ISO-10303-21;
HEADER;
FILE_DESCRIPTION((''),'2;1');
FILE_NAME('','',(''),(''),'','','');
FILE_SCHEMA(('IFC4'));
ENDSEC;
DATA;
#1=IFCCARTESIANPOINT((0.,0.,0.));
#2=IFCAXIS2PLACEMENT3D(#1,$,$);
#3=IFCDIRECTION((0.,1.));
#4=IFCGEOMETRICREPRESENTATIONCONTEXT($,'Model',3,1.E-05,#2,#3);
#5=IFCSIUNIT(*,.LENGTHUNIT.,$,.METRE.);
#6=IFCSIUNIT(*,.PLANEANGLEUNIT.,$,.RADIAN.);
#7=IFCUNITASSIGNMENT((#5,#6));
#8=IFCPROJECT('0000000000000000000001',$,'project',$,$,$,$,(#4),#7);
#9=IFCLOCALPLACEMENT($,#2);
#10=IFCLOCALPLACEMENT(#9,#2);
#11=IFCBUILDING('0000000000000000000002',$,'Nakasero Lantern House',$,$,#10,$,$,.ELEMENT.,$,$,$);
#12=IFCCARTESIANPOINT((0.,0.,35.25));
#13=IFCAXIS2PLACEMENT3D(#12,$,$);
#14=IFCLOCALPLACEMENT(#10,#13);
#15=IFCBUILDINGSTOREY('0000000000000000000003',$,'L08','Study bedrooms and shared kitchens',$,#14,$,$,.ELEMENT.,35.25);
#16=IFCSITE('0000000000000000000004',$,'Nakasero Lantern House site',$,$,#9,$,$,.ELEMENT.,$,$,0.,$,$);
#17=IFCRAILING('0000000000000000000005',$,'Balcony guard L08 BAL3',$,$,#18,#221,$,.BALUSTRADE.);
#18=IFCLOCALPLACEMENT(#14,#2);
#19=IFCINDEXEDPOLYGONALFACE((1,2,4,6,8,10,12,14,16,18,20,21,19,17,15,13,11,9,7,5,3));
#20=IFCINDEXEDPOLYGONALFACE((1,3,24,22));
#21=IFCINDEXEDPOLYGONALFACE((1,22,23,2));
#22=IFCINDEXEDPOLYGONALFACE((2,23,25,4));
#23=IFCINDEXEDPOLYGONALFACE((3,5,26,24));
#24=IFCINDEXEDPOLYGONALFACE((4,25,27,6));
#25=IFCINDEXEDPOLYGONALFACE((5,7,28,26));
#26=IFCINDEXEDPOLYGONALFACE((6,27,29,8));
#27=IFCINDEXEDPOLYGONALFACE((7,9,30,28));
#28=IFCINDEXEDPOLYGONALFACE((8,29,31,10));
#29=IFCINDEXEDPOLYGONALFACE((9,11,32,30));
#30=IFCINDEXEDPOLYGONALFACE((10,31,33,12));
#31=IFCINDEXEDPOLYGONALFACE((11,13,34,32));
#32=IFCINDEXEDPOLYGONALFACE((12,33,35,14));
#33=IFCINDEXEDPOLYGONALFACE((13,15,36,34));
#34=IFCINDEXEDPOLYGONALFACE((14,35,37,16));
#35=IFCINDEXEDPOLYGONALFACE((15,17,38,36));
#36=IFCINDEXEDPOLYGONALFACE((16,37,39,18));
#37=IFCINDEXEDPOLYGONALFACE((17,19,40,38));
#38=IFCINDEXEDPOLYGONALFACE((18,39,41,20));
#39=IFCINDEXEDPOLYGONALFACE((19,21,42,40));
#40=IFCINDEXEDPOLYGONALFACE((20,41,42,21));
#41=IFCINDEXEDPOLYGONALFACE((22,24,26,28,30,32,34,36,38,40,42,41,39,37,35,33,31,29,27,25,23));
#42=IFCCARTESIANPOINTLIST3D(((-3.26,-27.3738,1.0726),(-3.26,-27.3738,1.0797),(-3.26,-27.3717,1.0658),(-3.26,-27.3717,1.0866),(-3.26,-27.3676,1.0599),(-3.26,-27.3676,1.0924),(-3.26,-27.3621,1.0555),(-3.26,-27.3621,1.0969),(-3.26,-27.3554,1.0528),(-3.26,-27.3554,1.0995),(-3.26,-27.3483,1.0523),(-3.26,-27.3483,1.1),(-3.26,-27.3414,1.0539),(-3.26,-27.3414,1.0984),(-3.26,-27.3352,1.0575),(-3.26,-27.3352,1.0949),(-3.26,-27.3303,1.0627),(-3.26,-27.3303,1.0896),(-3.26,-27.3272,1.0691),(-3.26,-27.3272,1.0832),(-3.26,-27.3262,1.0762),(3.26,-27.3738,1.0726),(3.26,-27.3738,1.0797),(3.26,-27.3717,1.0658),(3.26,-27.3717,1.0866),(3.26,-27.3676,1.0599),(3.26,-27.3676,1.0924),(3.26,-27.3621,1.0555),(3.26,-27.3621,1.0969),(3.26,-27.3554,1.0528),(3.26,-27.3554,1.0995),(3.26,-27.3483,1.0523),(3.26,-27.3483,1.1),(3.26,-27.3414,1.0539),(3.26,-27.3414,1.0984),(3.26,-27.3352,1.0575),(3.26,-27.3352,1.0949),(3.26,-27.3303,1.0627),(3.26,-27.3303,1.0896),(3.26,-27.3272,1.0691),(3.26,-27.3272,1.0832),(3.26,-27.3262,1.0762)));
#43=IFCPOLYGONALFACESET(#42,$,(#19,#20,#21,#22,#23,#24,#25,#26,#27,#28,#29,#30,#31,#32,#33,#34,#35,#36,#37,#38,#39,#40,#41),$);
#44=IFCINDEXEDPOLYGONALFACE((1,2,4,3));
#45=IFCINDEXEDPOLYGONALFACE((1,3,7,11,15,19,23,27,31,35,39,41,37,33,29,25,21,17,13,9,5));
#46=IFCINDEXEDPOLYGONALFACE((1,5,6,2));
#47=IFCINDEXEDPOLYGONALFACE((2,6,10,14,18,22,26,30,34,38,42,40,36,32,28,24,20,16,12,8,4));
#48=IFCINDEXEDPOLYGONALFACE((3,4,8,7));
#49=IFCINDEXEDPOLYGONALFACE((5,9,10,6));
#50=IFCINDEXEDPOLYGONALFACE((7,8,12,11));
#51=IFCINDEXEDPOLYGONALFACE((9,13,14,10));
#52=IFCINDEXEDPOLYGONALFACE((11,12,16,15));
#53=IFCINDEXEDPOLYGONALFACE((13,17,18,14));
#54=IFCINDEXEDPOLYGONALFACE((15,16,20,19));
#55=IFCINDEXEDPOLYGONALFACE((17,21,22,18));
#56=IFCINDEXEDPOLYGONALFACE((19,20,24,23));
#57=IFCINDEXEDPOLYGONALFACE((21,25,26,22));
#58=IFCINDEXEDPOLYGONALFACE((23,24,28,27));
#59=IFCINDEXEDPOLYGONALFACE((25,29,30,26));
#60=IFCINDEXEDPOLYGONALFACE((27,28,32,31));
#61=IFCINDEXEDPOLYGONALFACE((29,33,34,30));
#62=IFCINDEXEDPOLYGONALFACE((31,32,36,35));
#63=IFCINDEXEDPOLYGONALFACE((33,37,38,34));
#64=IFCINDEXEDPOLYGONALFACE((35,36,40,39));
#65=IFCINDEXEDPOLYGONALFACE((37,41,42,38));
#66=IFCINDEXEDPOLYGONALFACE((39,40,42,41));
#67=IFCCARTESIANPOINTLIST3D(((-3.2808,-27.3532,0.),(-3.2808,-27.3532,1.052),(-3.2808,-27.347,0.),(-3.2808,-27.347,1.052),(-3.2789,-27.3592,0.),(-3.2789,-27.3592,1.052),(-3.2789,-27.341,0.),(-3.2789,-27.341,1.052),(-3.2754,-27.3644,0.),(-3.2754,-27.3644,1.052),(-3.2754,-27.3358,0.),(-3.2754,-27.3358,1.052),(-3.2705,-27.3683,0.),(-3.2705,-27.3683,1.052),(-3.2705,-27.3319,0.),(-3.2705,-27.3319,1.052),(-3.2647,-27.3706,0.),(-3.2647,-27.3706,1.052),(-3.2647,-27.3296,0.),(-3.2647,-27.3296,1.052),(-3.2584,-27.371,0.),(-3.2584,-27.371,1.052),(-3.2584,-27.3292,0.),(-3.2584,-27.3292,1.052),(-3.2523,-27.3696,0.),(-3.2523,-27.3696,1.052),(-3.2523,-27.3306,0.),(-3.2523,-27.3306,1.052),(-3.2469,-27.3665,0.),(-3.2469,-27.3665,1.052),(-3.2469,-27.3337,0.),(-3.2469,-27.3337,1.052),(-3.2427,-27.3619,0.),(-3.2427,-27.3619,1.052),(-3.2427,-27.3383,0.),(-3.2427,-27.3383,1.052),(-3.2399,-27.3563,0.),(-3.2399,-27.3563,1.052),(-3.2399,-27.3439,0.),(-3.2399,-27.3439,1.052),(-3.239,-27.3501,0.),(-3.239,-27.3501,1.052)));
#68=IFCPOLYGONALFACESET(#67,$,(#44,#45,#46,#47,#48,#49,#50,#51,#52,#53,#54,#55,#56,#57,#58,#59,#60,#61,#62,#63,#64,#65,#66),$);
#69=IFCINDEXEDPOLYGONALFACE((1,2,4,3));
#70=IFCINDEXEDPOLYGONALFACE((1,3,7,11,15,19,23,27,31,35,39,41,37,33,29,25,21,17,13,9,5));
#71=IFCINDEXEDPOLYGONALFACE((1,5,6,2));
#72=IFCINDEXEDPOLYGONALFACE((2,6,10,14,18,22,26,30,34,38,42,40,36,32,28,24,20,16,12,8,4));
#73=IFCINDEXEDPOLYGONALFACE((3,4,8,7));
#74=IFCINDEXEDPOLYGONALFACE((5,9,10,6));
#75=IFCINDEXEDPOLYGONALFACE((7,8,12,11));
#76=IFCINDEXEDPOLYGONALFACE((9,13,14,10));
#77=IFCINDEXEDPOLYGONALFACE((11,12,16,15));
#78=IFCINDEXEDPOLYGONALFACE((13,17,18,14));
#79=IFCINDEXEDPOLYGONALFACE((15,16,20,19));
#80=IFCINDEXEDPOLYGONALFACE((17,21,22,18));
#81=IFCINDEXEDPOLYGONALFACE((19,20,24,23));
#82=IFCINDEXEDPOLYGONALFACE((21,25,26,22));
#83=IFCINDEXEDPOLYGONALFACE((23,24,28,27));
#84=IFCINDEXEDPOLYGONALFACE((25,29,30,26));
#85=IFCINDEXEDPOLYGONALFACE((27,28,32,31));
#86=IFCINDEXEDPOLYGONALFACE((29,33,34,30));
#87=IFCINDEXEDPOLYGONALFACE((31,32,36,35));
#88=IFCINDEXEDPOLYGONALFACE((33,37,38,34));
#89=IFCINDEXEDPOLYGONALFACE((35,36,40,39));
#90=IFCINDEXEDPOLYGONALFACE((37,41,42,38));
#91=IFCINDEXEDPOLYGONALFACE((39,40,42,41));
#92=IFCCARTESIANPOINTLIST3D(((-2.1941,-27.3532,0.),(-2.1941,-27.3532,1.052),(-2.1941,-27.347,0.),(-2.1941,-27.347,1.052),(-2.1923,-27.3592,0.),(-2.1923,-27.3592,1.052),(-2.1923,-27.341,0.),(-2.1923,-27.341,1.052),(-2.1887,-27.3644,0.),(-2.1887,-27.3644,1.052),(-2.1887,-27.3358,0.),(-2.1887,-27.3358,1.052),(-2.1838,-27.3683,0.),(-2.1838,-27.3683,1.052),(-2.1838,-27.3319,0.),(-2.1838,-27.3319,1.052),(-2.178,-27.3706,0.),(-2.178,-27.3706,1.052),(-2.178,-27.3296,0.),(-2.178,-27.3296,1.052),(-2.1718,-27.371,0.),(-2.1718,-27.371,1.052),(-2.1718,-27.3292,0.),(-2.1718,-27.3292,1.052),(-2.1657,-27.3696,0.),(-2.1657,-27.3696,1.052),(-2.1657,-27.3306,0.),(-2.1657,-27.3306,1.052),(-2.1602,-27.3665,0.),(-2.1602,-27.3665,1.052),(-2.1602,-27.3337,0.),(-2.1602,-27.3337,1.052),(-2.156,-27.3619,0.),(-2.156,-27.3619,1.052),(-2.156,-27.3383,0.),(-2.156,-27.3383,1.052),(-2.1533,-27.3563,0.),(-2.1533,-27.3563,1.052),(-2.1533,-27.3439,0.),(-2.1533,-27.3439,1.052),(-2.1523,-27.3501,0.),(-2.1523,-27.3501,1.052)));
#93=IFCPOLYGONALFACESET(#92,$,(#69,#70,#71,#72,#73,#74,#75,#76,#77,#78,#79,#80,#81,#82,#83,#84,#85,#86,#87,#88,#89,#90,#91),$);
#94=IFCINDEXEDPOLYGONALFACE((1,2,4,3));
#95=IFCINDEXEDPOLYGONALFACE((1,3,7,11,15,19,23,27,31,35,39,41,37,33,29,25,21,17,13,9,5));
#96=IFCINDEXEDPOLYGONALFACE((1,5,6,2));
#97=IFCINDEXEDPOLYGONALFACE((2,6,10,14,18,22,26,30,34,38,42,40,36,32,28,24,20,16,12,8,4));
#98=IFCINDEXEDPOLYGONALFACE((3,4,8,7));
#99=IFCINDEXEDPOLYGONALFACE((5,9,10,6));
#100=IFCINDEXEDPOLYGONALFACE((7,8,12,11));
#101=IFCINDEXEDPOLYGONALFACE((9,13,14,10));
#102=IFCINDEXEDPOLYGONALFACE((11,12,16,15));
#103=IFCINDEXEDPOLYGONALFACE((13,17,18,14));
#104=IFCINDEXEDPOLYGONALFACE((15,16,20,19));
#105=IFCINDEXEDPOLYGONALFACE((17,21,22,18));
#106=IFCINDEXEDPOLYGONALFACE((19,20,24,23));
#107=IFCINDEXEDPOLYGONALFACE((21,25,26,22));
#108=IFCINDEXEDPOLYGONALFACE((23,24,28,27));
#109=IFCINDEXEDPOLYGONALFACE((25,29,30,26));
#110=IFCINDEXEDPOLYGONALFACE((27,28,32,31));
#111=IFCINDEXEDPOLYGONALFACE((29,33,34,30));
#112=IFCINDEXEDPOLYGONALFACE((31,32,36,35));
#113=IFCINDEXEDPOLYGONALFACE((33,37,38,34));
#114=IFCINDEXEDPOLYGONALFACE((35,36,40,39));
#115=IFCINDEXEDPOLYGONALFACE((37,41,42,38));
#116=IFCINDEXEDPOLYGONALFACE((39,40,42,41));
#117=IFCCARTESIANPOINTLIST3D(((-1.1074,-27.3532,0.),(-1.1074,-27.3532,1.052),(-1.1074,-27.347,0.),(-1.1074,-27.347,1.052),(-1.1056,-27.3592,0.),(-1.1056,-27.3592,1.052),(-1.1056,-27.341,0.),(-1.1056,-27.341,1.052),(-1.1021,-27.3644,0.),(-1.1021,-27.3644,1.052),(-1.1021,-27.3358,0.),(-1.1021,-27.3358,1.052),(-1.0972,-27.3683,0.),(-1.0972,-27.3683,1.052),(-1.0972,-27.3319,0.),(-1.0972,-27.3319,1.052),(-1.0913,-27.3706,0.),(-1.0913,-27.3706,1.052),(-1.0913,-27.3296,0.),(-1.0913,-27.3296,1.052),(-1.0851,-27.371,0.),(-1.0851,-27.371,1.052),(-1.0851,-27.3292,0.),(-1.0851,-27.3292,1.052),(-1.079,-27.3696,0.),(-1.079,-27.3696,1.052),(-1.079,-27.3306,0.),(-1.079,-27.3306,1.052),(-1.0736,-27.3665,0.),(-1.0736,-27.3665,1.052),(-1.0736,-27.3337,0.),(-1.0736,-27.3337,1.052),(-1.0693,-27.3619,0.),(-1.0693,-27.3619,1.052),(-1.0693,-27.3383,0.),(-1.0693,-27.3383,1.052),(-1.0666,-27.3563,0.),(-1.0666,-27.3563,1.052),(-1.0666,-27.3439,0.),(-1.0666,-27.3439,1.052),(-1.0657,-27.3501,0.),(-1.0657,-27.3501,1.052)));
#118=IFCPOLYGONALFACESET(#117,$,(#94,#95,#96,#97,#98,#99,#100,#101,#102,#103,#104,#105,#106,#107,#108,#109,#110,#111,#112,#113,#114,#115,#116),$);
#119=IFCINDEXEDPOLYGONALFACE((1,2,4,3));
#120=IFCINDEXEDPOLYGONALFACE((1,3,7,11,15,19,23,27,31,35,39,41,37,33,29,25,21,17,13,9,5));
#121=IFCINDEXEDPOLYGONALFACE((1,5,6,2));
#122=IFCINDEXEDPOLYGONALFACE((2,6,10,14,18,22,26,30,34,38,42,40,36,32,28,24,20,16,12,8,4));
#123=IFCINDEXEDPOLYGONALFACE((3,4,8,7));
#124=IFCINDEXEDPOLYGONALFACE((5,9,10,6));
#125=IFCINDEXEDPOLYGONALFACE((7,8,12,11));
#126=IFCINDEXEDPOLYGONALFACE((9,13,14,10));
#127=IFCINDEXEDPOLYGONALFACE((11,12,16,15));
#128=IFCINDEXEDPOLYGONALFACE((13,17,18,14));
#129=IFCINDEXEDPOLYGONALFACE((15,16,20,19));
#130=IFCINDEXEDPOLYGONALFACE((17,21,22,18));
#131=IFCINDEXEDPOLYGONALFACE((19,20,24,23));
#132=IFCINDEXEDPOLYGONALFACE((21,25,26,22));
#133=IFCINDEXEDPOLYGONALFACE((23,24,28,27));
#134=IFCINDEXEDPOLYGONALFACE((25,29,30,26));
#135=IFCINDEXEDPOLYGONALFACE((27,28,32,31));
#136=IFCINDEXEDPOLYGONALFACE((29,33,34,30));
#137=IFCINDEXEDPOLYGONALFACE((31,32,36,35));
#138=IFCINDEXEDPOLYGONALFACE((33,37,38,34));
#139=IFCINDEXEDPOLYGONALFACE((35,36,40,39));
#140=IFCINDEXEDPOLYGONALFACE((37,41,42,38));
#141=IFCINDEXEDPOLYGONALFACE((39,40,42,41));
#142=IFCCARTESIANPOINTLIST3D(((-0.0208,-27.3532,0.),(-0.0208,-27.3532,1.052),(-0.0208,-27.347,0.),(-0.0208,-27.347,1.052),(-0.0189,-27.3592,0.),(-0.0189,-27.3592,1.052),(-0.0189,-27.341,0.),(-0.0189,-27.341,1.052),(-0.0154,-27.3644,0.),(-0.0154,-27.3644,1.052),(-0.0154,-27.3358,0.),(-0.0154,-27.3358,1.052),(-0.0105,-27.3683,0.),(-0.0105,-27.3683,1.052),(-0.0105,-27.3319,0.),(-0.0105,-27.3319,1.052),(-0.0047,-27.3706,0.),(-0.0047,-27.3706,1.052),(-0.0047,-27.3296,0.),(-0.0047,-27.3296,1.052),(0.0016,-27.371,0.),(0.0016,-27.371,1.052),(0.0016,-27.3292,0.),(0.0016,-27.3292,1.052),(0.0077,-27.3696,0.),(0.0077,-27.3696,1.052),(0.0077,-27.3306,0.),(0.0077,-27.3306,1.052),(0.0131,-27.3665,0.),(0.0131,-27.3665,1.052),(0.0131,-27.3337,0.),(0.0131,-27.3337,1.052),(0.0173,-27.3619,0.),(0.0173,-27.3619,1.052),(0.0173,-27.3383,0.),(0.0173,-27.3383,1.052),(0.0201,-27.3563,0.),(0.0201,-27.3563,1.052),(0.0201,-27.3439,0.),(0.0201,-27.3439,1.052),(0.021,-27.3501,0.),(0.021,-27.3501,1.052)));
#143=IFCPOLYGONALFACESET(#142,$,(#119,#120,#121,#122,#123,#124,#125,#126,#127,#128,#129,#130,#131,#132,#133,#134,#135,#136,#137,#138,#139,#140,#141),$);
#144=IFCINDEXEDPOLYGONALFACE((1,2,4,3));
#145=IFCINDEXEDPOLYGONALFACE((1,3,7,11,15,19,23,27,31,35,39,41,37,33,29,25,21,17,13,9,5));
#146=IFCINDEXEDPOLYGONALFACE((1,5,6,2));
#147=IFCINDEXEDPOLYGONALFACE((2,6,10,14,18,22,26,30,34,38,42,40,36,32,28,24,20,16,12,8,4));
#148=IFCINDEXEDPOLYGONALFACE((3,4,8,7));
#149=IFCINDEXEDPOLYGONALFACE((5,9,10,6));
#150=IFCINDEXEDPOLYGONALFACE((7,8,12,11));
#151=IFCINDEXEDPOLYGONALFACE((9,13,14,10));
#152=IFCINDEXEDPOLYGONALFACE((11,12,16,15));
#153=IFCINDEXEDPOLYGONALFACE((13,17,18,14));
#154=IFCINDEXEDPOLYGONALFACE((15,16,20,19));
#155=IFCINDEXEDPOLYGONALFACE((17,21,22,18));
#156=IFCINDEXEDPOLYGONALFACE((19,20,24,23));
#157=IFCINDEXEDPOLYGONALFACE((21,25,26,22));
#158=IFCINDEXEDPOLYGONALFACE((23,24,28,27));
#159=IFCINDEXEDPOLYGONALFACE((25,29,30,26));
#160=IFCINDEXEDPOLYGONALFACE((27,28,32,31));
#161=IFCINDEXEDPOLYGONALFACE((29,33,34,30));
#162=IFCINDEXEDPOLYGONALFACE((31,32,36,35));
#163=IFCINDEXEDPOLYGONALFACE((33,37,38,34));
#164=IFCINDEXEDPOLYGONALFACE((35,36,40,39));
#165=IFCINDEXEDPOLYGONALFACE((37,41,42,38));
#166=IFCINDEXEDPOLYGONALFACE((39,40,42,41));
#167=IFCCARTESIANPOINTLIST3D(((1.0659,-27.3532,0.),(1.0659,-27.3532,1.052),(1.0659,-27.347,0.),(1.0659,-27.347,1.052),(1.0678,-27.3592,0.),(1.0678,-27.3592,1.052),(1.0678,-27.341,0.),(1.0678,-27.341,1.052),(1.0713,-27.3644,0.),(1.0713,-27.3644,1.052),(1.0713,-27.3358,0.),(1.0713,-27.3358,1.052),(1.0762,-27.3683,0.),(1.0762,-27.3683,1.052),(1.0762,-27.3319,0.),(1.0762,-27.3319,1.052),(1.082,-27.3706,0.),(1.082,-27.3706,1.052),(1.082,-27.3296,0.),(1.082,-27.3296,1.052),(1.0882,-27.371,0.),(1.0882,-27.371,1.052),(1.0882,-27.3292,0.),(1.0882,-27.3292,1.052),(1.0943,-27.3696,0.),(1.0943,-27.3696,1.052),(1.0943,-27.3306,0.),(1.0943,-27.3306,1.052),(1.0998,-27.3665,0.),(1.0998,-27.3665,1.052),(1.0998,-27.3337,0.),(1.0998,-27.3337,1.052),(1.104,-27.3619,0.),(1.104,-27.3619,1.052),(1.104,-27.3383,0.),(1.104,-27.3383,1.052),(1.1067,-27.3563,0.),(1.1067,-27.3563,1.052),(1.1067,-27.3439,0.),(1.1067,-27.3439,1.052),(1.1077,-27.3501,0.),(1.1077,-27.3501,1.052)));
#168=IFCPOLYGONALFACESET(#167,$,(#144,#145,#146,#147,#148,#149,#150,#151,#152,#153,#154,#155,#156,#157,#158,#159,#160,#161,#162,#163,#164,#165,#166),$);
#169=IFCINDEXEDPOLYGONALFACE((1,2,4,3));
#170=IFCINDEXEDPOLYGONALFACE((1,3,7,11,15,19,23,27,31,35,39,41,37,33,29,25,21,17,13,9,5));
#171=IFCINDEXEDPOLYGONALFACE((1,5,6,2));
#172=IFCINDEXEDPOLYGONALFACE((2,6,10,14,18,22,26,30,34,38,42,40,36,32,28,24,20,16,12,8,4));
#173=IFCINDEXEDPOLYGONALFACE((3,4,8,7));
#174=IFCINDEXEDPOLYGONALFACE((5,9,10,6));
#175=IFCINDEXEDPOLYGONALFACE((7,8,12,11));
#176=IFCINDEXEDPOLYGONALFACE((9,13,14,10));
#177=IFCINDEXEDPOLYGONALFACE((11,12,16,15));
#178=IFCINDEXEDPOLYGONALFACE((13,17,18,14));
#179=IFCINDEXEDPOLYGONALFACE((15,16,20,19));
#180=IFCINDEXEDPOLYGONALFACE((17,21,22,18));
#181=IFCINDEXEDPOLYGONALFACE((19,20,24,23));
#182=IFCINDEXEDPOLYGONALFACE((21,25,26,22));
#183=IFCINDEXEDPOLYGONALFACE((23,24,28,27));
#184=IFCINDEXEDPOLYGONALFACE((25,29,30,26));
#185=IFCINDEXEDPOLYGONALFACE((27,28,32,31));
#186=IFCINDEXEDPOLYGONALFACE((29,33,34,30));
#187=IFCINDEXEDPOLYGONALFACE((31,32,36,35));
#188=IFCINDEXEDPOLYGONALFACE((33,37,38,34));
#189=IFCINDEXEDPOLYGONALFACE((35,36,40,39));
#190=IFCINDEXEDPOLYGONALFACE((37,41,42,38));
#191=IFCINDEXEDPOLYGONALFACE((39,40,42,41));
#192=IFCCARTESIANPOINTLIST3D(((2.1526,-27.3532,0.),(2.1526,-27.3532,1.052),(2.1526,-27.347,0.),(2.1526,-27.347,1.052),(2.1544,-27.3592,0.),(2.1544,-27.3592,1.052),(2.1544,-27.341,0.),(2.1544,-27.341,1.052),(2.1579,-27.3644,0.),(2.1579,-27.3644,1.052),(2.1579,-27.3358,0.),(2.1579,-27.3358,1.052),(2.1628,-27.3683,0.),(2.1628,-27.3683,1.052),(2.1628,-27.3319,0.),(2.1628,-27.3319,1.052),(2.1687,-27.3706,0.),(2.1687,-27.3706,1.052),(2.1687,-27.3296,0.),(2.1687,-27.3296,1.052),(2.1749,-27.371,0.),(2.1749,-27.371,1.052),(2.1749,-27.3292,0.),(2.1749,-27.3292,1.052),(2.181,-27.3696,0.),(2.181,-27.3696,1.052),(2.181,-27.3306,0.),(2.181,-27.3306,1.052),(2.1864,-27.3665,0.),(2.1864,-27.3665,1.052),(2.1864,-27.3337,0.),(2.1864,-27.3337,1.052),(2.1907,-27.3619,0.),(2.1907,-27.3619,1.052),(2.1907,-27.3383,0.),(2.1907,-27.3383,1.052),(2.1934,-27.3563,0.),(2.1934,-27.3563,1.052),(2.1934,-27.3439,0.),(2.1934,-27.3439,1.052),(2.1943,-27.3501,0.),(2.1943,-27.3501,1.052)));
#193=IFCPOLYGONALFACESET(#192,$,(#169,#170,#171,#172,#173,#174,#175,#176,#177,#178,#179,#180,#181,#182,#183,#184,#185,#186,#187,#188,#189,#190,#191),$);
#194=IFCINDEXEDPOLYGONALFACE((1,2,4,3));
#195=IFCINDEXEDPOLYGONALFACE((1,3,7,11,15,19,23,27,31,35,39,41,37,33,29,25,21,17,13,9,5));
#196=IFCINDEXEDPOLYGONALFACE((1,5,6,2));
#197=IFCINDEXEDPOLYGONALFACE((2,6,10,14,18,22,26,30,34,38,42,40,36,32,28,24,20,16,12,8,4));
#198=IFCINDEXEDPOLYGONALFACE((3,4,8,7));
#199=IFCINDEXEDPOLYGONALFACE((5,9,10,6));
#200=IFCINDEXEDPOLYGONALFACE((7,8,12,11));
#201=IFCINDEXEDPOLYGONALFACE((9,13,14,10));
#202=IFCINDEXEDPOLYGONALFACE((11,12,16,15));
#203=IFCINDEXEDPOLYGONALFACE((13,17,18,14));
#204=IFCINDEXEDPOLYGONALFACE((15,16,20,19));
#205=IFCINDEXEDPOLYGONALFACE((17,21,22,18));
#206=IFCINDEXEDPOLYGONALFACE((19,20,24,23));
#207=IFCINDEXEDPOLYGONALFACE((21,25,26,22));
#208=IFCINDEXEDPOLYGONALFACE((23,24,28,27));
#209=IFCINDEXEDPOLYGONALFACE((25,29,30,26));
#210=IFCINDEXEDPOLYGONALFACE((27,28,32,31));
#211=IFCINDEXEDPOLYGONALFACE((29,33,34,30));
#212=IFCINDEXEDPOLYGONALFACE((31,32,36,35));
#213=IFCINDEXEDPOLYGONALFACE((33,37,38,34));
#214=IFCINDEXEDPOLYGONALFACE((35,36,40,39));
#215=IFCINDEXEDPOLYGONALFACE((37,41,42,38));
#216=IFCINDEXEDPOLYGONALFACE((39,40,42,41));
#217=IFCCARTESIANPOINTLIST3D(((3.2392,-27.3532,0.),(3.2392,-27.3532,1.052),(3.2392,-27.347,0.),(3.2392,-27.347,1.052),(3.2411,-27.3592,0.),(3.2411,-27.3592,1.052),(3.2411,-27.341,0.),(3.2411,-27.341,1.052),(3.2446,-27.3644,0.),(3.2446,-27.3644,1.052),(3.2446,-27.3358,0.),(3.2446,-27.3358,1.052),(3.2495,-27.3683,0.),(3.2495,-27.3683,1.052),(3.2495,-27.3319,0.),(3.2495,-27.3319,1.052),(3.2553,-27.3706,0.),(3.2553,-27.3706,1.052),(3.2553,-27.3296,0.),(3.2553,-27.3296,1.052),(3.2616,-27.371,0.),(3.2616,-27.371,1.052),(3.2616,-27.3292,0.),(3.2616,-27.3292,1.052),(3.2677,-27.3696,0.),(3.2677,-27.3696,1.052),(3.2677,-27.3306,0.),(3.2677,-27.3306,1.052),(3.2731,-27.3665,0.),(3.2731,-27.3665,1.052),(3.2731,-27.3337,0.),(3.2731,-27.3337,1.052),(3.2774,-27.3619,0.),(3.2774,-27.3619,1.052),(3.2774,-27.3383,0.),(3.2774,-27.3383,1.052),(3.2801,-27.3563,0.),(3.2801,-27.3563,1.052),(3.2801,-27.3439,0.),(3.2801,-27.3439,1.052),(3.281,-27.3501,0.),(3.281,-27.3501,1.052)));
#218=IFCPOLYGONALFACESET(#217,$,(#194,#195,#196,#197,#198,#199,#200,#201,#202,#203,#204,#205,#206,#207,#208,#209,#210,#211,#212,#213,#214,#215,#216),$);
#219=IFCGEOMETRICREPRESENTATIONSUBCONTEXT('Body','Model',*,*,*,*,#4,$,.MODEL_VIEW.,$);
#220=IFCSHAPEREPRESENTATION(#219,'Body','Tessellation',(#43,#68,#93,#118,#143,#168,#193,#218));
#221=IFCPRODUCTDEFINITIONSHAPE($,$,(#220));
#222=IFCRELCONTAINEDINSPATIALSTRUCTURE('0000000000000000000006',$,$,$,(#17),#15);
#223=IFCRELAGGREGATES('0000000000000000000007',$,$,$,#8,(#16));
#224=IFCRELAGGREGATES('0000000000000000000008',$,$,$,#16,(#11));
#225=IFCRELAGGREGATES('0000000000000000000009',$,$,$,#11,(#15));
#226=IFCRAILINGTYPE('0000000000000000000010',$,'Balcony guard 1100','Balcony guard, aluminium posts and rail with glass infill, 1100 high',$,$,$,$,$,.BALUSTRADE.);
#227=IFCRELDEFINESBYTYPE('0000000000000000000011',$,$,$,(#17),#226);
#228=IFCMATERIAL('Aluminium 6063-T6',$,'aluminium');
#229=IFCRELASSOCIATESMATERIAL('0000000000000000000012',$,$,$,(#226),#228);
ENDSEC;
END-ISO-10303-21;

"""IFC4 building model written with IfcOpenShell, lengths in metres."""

from ifc_helpers import new_model, si_unit, direction, frame, origin, origin_2d, place, context, subcontext, project, spatial, circle, extrude, material, type_object, element, save


model = new_model("IFC4")

# Units and contexts
model_context = context("Model", 3, precision=1e-05, world=origin(), true_north=direction((0.0, 1.0)))
body_context = subcontext(model_context, "Body", "Model", "MODEL_VIEW")
ifc_project = project(units=[si_unit("LENGTHUNIT", "METRE"), si_unit("PLANEANGLEUNIT", "RADIAN")], contexts=[model_context])

# Site, building, storey
site_placement = place(None, origin())
site = spatial("IfcSite", under=ifc_project, at=site_placement, Name="Nakasero Lantern House site", CompositionType="ELEMENT", RefElevation=0.0)
building_placement = place(site_placement, origin())
building = spatial("IfcBuilding", under=site, at=building_placement, Name="Nakasero Lantern House", CompositionType="ELEMENT")
storey_placement = place(building_placement, frame((0.0, 0.0, 35.25)))
storey = spatial("IfcBuildingStorey", under=building, at=storey_placement, Name="L08", Description="Study bedrooms and shared kitchens", CompositionType="ELEMENT", Elevation=35.25)

# Railing
ifc_material_1 = material(Name="Aluminium 6063-T6", Category="aluminium")
railing_type = type_object("IfcRailingType", Name="Balcony guard 1100", Description="Balcony guard, aluminium posts and rail with glass infill, 1100 high", PredefinedType="BALUSTRADE", material=ifc_material_1)
railing_placement = place(storey_placement, frame((-3.26, -27.3501, 0.0)))
element("IfcRailing", 1, at=railing_placement, inside=storey, type_object=railing_type, Name="Balcony guard L08 BAL3", PredefinedType="BALUSTRADE", context=body_context, shape_type="SweptSolid", body=[
    extrude(circle(Radius=0.0239, at=origin_2d()), frame((0.0, 0.0, 1.0762), z_axis=(1.0, 0.0, 0.0), x_axis=(0.0, 1.0, 0.0)), (0.0, 0.0, 1.0), 6.52),
    extrude(circle(Radius=0.021, at=origin_2d()), origin(), (0.0, 0.0, 1.0), 1.052),
    extrude(circle(Radius=0.021, at=origin_2d()), frame((1.0867, 0.0, 0.0)), (0.0, 0.0, 1.0), 1.052),
    extrude(circle(Radius=0.021, at=origin_2d()), frame((2.1733, 0.0, 0.0)), (0.0, 0.0, 1.0), 1.052),
    extrude(circle(Radius=0.021, at=origin_2d()), frame((3.26, 0.0, 0.0)), (0.0, 0.0, 1.0), 1.052),
    extrude(circle(Radius=0.021, at=origin_2d()), frame((4.3467, 0.0, 0.0)), (0.0, 0.0, 1.0), 1.052),
    extrude(circle(Radius=0.021, at=origin_2d()), frame((5.4333, 0.0, 0.0)), (0.0, 0.0, 1.0), 1.052),
    extrude(circle(Radius=0.021, at=origin_2d()), frame((6.52, 0.0, 0.0)), (0.0, 0.0, 1.0), 1.052),
])

save(model, "model.ifc")
